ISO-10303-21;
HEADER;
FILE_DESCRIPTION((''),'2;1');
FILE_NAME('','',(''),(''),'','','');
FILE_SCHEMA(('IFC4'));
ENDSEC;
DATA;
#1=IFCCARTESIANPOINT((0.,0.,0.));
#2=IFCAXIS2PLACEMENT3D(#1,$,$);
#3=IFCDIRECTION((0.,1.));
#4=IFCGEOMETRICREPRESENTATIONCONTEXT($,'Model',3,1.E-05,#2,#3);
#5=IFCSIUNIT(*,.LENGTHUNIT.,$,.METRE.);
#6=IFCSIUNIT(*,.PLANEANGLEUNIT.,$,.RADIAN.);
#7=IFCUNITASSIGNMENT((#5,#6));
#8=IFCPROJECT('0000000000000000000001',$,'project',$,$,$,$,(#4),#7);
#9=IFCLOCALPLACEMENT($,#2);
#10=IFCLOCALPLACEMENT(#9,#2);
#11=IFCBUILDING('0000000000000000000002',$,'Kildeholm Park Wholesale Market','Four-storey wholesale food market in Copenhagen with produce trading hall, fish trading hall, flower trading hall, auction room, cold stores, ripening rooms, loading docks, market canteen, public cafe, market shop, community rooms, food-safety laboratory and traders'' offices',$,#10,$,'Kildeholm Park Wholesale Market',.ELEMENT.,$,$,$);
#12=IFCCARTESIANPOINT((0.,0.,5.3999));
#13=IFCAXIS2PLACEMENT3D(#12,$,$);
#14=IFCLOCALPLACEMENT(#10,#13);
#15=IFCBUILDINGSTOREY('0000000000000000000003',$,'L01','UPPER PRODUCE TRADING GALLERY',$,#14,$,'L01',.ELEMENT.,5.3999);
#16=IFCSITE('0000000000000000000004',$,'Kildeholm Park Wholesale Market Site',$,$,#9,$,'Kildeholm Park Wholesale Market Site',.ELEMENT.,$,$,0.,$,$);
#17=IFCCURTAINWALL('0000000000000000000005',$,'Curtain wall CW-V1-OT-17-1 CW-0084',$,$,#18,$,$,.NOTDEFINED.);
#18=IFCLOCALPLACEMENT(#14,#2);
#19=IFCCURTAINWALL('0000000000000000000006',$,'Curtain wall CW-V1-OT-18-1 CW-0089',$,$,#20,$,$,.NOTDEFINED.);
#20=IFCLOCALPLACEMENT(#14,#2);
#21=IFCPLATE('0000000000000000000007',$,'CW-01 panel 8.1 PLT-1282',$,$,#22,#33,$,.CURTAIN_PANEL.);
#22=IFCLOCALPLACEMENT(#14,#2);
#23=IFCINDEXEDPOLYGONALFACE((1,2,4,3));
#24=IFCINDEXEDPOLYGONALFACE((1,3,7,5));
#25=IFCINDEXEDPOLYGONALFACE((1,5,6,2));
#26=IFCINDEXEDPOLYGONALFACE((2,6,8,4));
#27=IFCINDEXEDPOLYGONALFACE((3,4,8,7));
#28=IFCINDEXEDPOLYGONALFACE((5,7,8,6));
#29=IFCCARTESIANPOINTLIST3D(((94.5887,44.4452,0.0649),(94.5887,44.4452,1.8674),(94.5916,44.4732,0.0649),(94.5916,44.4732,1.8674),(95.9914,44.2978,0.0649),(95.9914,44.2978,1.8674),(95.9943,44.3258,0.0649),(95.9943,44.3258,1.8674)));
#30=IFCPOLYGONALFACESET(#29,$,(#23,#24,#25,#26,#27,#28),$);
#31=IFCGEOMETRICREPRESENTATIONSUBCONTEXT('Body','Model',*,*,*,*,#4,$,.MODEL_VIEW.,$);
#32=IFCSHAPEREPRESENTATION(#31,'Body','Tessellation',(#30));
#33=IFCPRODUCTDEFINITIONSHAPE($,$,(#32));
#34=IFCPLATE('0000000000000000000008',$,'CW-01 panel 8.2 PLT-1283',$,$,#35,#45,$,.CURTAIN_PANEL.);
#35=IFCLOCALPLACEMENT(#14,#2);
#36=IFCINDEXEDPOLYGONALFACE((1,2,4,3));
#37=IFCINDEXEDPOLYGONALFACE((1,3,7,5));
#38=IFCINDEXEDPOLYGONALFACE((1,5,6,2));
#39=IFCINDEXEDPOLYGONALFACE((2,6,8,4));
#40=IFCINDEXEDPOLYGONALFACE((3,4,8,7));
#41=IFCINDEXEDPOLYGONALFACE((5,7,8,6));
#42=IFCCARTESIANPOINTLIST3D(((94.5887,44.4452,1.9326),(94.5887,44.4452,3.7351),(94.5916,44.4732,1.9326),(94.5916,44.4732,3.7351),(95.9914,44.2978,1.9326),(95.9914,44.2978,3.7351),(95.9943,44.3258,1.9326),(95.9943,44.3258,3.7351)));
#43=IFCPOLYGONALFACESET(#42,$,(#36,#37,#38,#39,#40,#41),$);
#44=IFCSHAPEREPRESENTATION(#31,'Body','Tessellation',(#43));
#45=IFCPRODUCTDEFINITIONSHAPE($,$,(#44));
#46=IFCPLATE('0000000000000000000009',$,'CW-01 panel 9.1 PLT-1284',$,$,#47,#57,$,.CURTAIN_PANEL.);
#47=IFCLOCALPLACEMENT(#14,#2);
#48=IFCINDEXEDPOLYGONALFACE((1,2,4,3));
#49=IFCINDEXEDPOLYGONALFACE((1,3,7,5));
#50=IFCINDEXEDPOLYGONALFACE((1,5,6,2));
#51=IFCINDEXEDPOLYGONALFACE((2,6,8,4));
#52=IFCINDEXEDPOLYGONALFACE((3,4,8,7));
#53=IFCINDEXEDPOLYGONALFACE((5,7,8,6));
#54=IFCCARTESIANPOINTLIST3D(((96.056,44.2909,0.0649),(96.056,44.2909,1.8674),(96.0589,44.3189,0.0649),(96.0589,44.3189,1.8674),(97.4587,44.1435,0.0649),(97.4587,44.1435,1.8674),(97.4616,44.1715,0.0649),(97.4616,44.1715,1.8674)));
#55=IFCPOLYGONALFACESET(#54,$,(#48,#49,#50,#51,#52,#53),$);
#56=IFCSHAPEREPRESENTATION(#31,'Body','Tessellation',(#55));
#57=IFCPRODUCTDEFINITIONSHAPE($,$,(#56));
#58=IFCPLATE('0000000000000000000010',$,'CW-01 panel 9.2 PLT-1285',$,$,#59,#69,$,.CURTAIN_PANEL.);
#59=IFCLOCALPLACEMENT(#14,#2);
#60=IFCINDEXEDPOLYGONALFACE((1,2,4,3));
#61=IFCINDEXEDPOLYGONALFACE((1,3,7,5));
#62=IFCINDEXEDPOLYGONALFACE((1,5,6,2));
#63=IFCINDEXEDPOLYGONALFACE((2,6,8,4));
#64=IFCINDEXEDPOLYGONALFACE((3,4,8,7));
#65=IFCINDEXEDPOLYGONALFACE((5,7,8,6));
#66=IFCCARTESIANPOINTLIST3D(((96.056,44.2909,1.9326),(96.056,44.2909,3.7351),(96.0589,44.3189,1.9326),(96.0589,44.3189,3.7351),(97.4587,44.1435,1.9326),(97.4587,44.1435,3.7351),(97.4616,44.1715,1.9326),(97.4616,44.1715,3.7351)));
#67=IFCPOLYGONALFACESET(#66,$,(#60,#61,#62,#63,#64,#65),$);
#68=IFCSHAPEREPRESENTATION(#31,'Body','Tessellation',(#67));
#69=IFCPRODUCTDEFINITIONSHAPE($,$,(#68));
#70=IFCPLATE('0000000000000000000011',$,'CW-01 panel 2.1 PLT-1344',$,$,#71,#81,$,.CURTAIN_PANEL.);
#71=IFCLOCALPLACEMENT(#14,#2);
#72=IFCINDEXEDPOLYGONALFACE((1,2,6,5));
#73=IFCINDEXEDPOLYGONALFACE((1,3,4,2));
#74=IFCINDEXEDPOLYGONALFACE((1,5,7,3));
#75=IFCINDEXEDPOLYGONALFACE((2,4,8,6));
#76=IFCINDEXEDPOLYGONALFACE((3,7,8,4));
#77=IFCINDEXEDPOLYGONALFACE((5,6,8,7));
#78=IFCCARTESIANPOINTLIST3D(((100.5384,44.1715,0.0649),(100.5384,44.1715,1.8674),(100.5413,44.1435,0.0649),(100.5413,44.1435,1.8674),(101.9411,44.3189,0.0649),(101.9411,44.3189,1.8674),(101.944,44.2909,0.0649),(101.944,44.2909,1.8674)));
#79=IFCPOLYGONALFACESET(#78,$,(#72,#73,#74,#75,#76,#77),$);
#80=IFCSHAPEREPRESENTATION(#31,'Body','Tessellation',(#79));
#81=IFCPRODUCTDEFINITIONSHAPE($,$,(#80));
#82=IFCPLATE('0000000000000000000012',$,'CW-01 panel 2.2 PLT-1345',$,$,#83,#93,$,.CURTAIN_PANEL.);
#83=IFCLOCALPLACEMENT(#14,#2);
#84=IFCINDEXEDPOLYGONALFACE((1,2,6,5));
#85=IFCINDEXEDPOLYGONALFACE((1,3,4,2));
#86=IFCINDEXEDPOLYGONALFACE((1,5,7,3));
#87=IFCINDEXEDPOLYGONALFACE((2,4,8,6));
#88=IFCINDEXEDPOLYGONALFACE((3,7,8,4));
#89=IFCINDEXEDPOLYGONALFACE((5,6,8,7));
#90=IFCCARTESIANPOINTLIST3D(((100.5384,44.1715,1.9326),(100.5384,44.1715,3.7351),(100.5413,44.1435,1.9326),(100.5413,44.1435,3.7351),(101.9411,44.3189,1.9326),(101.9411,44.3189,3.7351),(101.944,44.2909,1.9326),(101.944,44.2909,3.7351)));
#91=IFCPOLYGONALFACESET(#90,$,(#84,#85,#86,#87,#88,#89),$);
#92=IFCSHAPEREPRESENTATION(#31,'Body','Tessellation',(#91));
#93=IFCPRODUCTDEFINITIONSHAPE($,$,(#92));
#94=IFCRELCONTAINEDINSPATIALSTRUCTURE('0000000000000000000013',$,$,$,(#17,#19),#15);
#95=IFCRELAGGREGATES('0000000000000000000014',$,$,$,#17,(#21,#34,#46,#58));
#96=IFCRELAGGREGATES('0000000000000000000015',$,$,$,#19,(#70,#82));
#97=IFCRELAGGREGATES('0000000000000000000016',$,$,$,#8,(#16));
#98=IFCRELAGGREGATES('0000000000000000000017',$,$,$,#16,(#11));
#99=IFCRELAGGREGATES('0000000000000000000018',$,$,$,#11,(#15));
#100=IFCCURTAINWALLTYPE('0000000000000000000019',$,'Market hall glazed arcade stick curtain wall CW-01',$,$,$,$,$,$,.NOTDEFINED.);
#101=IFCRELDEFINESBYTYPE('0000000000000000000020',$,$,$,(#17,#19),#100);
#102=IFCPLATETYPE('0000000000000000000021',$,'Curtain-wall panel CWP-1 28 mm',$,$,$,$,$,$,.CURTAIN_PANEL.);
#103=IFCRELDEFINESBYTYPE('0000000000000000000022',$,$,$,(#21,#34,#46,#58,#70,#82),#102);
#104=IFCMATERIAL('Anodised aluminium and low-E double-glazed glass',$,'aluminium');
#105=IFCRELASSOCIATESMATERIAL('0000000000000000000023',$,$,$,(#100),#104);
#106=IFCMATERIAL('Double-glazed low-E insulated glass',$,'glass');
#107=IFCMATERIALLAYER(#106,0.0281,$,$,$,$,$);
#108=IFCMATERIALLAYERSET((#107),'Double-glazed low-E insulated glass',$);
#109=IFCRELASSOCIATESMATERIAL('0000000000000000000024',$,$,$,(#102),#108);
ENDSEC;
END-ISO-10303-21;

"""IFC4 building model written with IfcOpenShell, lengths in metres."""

from ifc_helpers import new_model, si_unit, direction, frame, origin, origin_2d, place, context, subcontext, project, spatial, rectangle, extrude, material, layer, layer_set, type_object, element, aggregate, save


model = new_model("IFC4")

# Units and contexts
model_context = context("Model", 3, precision=1e-05, world=origin(), true_north=direction((0.0, 1.0)))
body_context = subcontext(model_context, "Body", "Model", "MODEL_VIEW")
ifc_project = project(units=[si_unit("LENGTHUNIT", "METRE"), si_unit("PLANEANGLEUNIT", "RADIAN")], contexts=[model_context])

# Site, building, storey
site_placement = place(None, origin())
site = spatial("IfcSite", under=ifc_project, at=site_placement, Name="Kildeholm Park Wholesale Market Site", LongName="Kildeholm Park Wholesale Market Site", CompositionType="ELEMENT", RefElevation=0.0)
building_placement = place(site_placement, origin())
building = spatial("IfcBuilding", under=site, at=building_placement, Name="Kildeholm Park Wholesale Market", Description="Four-storey wholesale food market in Copenhagen with produce trading hall, fish trading hall, flower trading hall, auction room, cold stores, ripening rooms, loading docks, market canteen, public cafe, market shop, community rooms, food-safety laboratory and traders' offices", LongName="Kildeholm Park Wholesale Market", CompositionType="ELEMENT")
storey_placement = place(building_placement, frame((0.0, 0.0, 5.3999)))
storey = spatial("IfcBuildingStorey", under=building, at=storey_placement, Name="L01", Description="UPPER PRODUCE TRADING GALLERY", LongName="L01", CompositionType="ELEMENT", Elevation=5.3999)

# Curtain walls
ifc_material_1 = material(Name="Anodised aluminium and low-E double-glazed glass", Category="aluminium")
curtain_wall_type = type_object("IfcCurtainWallType", Name="Market hall glazed arcade stick curtain wall CW-01", PredefinedType="NOTDEFINED", material=ifc_material_1)
curtain_wall_1_placement = place(storey_placement, origin())
curtain_wall_1 = element("IfcCurtainWall", 1, at=curtain_wall_1_placement, inside=storey, type_object=curtain_wall_type, Name="Curtain wall CW-V1-OT-17-1 CW-0084", PredefinedType="NOTDEFINED")
curtain_wall_2_placement = place(storey_placement, origin())
curtain_wall_2 = element("IfcCurtainWall", 2, at=curtain_wall_2_placement, inside=storey, type_object=curtain_wall_type, Name="Curtain wall CW-V1-OT-18-1 CW-0089", PredefinedType="NOTDEFINED")

# Plates
ifc_material_2 = material(Name="Double-glazed low-E insulated glass", Category="glass")
ifc_layer = layer(ifc_material_2, 0.0281)
ifc_layer_set = layer_set([ifc_layer], Name="Double-glazed low-E insulated glass")
plate_type = type_object("IfcPlateType", Name="Curtain-wall panel CWP-1 28 mm", PredefinedType="CURTAIN_PANEL", material=ifc_layer_set)
plate_1_placement = place(storey_placement, frame((95.2915, 44.3855, 0.0649), z_axis=(0.0, 0.0, 1.0), x_axis=(0.994524, -0.104508, 0.0)))
plate_1 = element("IfcPlate", 3, at=plate_1_placement, type_object=plate_type, Name="CW-01 panel 8.1 PLT-1282", PredefinedType="CURTAIN_PANEL", context=body_context, shape_type="SweptSolid", body=[
    extrude(rectangle(XDim=1.4104, YDim=0.0281, at=origin_2d()), origin(), (0.0, 0.0, 1.0), 1.8025),
])
plate_2_placement = place(storey_placement, frame((95.2915, 44.3855, 1.9326), z_axis=(0.0, 0.0, 1.0), x_axis=(0.994524, -0.104508, 0.0)))
plate_2 = element("IfcPlate", 4, at=plate_2_placement, type_object=plate_type, Name="CW-01 panel 8.2 PLT-1283", PredefinedType="CURTAIN_PANEL", context=body_context, shape_type="SweptSolid", body=[
    extrude(rectangle(XDim=1.4104, YDim=0.0281, at=origin_2d()), origin(), (0.0, 0.0, 1.0), 1.8025),
])
plate_3_placement = place(storey_placement, frame((96.7588, 44.2312, 0.0649), z_axis=(0.0, 0.0, 1.0), x_axis=(0.994524, -0.104508, 0.0)))
plate_3 = element("IfcPlate", 5, at=plate_3_placement, type_object=plate_type, Name="CW-01 panel 9.1 PLT-1284", PredefinedType="CURTAIN_PANEL", context=body_context, shape_type="SweptSolid", body=[
    extrude(rectangle(XDim=1.4104, YDim=0.0281, at=origin_2d()), origin(), (0.0, 0.0, 1.0), 1.8025),
])
plate_4_placement = place(storey_placement, frame((96.7588, 44.2312, 1.9326), z_axis=(0.0, 0.0, 1.0), x_axis=(0.994524, -0.104508, 0.0)))
plate_4 = element("IfcPlate", 6, at=plate_4_placement, type_object=plate_type, Name="CW-01 panel 9.2 PLT-1285", PredefinedType="CURTAIN_PANEL", context=body_context, shape_type="SweptSolid", body=[
    extrude(rectangle(XDim=1.4104, YDim=0.0281, at=origin_2d()), origin(), (0.0, 0.0, 1.0), 1.8025),
])
aggregate(curtain_wall_1, [plate_1, plate_2, plate_3, plate_4])
plate_5_placement = place(storey_placement, frame((101.2412, 44.2312, 0.0649), z_axis=(0.0, 0.0, 1.0), x_axis=(0.994524, 0.104508, 0.0)))
plate_5 = element("IfcPlate", 7, at=plate_5_placement, type_object=plate_type, Name="CW-01 panel 2.1 PLT-1344", PredefinedType="CURTAIN_PANEL", context=body_context, shape_type="SweptSolid", body=[
    extrude(rectangle(XDim=1.4104, YDim=0.0281, at=origin_2d()), origin(), (0.0, 0.0, 1.0), 1.8025),
])
plate_6_placement = place(storey_placement, frame((101.2412, 44.2312, 1.9326), z_axis=(0.0, 0.0, 1.0), x_axis=(0.994524, 0.104508, 0.0)))
plate_6 = element("IfcPlate", 8, at=plate_6_placement, type_object=plate_type, Name="CW-01 panel 2.2 PLT-1345", PredefinedType="CURTAIN_PANEL", context=body_context, shape_type="SweptSolid", body=[
    extrude(rectangle(XDim=1.4104, YDim=0.0281, at=origin_2d()), origin(), (0.0, 0.0, 1.0), 1.8025),
])
aggregate(curtain_wall_2, [plate_5, plate_6])

save(model, "model.ifc")
